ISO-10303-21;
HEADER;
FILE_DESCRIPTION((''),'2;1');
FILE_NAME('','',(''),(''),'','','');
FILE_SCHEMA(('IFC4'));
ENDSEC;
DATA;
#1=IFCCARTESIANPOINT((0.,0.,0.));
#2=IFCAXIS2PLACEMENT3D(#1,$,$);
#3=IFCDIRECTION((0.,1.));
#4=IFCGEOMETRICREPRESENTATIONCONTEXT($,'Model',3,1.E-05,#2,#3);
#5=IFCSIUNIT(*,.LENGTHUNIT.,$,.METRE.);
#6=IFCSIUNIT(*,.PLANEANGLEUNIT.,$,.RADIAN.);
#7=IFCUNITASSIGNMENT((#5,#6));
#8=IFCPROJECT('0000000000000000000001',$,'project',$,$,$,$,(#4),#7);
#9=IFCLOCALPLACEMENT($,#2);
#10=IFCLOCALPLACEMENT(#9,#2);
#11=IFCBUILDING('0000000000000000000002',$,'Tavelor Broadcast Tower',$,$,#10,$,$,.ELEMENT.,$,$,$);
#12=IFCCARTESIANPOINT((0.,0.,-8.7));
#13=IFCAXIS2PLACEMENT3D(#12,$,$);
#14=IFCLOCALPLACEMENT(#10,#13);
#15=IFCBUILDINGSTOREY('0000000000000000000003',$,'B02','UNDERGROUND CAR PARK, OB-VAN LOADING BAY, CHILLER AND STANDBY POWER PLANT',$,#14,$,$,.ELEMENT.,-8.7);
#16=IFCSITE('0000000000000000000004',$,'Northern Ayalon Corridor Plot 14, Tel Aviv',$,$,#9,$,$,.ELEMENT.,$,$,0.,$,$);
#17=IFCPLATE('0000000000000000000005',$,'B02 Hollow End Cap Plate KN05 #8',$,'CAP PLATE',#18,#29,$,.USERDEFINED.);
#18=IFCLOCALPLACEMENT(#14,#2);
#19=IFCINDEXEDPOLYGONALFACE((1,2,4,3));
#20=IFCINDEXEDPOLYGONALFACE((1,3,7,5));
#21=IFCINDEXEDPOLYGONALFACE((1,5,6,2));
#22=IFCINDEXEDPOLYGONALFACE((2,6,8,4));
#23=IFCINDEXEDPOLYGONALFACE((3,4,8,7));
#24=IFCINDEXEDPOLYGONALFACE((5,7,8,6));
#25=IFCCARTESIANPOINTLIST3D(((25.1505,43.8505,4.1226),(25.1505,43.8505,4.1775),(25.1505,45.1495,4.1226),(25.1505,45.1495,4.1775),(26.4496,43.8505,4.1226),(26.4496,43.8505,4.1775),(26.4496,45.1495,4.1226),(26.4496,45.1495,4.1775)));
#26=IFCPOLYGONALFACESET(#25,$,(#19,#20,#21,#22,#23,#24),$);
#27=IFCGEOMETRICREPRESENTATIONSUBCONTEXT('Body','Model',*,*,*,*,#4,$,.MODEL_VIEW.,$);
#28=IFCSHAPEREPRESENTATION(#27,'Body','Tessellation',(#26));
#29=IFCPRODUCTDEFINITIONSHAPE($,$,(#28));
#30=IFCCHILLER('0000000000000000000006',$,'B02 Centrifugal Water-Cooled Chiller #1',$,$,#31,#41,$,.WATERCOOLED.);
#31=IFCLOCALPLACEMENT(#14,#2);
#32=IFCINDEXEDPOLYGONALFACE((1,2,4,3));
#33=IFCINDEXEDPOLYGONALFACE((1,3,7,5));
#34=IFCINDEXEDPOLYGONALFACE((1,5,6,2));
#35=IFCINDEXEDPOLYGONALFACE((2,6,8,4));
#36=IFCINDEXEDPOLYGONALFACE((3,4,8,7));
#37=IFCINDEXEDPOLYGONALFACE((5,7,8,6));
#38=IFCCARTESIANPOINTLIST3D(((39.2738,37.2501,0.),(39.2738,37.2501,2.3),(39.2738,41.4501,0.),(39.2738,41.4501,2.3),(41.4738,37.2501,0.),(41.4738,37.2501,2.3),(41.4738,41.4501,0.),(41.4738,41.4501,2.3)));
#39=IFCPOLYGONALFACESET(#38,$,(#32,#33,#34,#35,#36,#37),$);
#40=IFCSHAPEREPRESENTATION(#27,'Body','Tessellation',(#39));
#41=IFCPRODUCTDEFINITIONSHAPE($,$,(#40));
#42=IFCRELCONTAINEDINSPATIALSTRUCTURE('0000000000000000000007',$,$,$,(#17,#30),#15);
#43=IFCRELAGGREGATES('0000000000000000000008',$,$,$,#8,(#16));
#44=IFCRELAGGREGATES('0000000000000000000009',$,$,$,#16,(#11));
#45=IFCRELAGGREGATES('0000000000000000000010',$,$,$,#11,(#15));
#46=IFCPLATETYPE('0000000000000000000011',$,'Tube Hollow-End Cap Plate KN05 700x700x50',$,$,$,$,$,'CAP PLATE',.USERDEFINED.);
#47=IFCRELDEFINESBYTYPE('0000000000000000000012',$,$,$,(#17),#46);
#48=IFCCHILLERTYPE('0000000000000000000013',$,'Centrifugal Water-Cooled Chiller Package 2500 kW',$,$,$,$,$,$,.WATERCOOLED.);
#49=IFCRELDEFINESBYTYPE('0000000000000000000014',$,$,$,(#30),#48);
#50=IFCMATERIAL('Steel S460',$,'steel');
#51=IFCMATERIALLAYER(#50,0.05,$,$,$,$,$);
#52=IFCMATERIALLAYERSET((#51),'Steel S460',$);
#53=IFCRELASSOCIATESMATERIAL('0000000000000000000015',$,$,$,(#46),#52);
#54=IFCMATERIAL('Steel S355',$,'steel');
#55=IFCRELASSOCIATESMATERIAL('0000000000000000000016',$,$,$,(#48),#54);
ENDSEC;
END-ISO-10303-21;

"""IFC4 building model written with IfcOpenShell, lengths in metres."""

from ifc_helpers import new_model, si_unit, direction, frame, origin, origin_2d, place, context, subcontext, project, spatial, rectangle, extrude, source, transform, mapped, material, layer, layer_set, type_object, type_shapes, element, save


model = new_model("IFC4")

# Units and contexts
model_context = context("Model", 3, precision=1e-05, world=origin(), true_north=direction((0.0, 1.0)))
body_context = subcontext(model_context, "Body", "Model", "MODEL_VIEW")
ifc_project = project(units=[si_unit("LENGTHUNIT", "METRE"), si_unit("PLANEANGLEUNIT", "RADIAN")], contexts=[model_context])

# Site, building, storey
site_placement = place(None, origin())
site = spatial("IfcSite", under=ifc_project, at=site_placement, Name="Northern Ayalon Corridor Plot 14, Tel Aviv", CompositionType="ELEMENT", RefElevation=0.0)
building_placement = place(site_placement, origin())
building = spatial("IfcBuilding", under=site, at=building_placement, Name="Tavelor Broadcast Tower", CompositionType="ELEMENT")
storey_placement = place(building_placement, frame((0.0, 0.0, -8.7)))
storey = spatial("IfcBuildingStorey", under=building, at=storey_placement, Name="B02", Description="UNDERGROUND CAR PARK, OB-VAN LOADING BAY, CHILLER AND STANDBY POWER PLANT", CompositionType="ELEMENT", Elevation=-8.7)

# Shared definitions
ifc_material_1 = material(Name="Steel S460", Category="steel")

# Plate
ifc_layer = layer(ifc_material_1, 0.05)
ifc_layer_set = layer_set([ifc_layer], Name="Steel S460")
plate_type = type_object("IfcPlateType", Name="Tube Hollow-End Cap Plate KN05 700x700x50", ElementType="CAP PLATE", PredefinedType="USERDEFINED", material=ifc_layer_set)
shared_shape = source(origin(), body_context, "Body", "SweptSolid", [
    extrude(rectangle(XDim=1.2991, YDim=1.2991, at=origin_2d()), origin(), (0.0, 0.0, 1.0), 0.0549),
])
type_shapes(plate_type, [shared_shape])
for number, where, z_axis, x_axis, name in (
    (1, (25.8, 44.5, 4.1226), (0.0, 0.0, 1.0), (1.0, 0.0, 0.0), "B02 Hollow End Cap Plate KN05 #8"),
):
    element("IfcPlate", number, at=place(storey_placement, frame(where, z_axis=z_axis, x_axis=x_axis)), inside=storey, type_object=plate_type, Name=name, ObjectType="CAP PLATE", PredefinedType="USERDEFINED", context=body_context, shape_type="MappedRepresentation", body=[
        mapped(shared_shape, transform((0.0, 0.0, 0.0), scale=1.0)),
    ])

# Chiller
ifc_material_2 = material(Name="Steel S355", Category="steel")
chiller_type = type_object("IfcChillerType", Name="Centrifugal Water-Cooled Chiller Package 2500 kW", PredefinedType="WATERCOOLED", material=ifc_material_2)
chiller_placement = place(storey_placement, frame((40.3738, 39.3501, 0.0), z_axis=(0.0, 0.0, 1.0), x_axis=(1.0, 0.0, 0.0)))
element("IfcChiller", 2, at=chiller_placement, inside=storey, type_object=chiller_type, Name="B02 Centrifugal Water-Cooled Chiller #1", PredefinedType="WATERCOOLED", context=body_context, shape_type="SweptSolid", body=[
    extrude(rectangle(XDim=2.2, YDim=4.2, at=origin_2d()), origin(), (0.0, 0.0, 1.0), 2.3),
])

save(model, "model.ifc")
